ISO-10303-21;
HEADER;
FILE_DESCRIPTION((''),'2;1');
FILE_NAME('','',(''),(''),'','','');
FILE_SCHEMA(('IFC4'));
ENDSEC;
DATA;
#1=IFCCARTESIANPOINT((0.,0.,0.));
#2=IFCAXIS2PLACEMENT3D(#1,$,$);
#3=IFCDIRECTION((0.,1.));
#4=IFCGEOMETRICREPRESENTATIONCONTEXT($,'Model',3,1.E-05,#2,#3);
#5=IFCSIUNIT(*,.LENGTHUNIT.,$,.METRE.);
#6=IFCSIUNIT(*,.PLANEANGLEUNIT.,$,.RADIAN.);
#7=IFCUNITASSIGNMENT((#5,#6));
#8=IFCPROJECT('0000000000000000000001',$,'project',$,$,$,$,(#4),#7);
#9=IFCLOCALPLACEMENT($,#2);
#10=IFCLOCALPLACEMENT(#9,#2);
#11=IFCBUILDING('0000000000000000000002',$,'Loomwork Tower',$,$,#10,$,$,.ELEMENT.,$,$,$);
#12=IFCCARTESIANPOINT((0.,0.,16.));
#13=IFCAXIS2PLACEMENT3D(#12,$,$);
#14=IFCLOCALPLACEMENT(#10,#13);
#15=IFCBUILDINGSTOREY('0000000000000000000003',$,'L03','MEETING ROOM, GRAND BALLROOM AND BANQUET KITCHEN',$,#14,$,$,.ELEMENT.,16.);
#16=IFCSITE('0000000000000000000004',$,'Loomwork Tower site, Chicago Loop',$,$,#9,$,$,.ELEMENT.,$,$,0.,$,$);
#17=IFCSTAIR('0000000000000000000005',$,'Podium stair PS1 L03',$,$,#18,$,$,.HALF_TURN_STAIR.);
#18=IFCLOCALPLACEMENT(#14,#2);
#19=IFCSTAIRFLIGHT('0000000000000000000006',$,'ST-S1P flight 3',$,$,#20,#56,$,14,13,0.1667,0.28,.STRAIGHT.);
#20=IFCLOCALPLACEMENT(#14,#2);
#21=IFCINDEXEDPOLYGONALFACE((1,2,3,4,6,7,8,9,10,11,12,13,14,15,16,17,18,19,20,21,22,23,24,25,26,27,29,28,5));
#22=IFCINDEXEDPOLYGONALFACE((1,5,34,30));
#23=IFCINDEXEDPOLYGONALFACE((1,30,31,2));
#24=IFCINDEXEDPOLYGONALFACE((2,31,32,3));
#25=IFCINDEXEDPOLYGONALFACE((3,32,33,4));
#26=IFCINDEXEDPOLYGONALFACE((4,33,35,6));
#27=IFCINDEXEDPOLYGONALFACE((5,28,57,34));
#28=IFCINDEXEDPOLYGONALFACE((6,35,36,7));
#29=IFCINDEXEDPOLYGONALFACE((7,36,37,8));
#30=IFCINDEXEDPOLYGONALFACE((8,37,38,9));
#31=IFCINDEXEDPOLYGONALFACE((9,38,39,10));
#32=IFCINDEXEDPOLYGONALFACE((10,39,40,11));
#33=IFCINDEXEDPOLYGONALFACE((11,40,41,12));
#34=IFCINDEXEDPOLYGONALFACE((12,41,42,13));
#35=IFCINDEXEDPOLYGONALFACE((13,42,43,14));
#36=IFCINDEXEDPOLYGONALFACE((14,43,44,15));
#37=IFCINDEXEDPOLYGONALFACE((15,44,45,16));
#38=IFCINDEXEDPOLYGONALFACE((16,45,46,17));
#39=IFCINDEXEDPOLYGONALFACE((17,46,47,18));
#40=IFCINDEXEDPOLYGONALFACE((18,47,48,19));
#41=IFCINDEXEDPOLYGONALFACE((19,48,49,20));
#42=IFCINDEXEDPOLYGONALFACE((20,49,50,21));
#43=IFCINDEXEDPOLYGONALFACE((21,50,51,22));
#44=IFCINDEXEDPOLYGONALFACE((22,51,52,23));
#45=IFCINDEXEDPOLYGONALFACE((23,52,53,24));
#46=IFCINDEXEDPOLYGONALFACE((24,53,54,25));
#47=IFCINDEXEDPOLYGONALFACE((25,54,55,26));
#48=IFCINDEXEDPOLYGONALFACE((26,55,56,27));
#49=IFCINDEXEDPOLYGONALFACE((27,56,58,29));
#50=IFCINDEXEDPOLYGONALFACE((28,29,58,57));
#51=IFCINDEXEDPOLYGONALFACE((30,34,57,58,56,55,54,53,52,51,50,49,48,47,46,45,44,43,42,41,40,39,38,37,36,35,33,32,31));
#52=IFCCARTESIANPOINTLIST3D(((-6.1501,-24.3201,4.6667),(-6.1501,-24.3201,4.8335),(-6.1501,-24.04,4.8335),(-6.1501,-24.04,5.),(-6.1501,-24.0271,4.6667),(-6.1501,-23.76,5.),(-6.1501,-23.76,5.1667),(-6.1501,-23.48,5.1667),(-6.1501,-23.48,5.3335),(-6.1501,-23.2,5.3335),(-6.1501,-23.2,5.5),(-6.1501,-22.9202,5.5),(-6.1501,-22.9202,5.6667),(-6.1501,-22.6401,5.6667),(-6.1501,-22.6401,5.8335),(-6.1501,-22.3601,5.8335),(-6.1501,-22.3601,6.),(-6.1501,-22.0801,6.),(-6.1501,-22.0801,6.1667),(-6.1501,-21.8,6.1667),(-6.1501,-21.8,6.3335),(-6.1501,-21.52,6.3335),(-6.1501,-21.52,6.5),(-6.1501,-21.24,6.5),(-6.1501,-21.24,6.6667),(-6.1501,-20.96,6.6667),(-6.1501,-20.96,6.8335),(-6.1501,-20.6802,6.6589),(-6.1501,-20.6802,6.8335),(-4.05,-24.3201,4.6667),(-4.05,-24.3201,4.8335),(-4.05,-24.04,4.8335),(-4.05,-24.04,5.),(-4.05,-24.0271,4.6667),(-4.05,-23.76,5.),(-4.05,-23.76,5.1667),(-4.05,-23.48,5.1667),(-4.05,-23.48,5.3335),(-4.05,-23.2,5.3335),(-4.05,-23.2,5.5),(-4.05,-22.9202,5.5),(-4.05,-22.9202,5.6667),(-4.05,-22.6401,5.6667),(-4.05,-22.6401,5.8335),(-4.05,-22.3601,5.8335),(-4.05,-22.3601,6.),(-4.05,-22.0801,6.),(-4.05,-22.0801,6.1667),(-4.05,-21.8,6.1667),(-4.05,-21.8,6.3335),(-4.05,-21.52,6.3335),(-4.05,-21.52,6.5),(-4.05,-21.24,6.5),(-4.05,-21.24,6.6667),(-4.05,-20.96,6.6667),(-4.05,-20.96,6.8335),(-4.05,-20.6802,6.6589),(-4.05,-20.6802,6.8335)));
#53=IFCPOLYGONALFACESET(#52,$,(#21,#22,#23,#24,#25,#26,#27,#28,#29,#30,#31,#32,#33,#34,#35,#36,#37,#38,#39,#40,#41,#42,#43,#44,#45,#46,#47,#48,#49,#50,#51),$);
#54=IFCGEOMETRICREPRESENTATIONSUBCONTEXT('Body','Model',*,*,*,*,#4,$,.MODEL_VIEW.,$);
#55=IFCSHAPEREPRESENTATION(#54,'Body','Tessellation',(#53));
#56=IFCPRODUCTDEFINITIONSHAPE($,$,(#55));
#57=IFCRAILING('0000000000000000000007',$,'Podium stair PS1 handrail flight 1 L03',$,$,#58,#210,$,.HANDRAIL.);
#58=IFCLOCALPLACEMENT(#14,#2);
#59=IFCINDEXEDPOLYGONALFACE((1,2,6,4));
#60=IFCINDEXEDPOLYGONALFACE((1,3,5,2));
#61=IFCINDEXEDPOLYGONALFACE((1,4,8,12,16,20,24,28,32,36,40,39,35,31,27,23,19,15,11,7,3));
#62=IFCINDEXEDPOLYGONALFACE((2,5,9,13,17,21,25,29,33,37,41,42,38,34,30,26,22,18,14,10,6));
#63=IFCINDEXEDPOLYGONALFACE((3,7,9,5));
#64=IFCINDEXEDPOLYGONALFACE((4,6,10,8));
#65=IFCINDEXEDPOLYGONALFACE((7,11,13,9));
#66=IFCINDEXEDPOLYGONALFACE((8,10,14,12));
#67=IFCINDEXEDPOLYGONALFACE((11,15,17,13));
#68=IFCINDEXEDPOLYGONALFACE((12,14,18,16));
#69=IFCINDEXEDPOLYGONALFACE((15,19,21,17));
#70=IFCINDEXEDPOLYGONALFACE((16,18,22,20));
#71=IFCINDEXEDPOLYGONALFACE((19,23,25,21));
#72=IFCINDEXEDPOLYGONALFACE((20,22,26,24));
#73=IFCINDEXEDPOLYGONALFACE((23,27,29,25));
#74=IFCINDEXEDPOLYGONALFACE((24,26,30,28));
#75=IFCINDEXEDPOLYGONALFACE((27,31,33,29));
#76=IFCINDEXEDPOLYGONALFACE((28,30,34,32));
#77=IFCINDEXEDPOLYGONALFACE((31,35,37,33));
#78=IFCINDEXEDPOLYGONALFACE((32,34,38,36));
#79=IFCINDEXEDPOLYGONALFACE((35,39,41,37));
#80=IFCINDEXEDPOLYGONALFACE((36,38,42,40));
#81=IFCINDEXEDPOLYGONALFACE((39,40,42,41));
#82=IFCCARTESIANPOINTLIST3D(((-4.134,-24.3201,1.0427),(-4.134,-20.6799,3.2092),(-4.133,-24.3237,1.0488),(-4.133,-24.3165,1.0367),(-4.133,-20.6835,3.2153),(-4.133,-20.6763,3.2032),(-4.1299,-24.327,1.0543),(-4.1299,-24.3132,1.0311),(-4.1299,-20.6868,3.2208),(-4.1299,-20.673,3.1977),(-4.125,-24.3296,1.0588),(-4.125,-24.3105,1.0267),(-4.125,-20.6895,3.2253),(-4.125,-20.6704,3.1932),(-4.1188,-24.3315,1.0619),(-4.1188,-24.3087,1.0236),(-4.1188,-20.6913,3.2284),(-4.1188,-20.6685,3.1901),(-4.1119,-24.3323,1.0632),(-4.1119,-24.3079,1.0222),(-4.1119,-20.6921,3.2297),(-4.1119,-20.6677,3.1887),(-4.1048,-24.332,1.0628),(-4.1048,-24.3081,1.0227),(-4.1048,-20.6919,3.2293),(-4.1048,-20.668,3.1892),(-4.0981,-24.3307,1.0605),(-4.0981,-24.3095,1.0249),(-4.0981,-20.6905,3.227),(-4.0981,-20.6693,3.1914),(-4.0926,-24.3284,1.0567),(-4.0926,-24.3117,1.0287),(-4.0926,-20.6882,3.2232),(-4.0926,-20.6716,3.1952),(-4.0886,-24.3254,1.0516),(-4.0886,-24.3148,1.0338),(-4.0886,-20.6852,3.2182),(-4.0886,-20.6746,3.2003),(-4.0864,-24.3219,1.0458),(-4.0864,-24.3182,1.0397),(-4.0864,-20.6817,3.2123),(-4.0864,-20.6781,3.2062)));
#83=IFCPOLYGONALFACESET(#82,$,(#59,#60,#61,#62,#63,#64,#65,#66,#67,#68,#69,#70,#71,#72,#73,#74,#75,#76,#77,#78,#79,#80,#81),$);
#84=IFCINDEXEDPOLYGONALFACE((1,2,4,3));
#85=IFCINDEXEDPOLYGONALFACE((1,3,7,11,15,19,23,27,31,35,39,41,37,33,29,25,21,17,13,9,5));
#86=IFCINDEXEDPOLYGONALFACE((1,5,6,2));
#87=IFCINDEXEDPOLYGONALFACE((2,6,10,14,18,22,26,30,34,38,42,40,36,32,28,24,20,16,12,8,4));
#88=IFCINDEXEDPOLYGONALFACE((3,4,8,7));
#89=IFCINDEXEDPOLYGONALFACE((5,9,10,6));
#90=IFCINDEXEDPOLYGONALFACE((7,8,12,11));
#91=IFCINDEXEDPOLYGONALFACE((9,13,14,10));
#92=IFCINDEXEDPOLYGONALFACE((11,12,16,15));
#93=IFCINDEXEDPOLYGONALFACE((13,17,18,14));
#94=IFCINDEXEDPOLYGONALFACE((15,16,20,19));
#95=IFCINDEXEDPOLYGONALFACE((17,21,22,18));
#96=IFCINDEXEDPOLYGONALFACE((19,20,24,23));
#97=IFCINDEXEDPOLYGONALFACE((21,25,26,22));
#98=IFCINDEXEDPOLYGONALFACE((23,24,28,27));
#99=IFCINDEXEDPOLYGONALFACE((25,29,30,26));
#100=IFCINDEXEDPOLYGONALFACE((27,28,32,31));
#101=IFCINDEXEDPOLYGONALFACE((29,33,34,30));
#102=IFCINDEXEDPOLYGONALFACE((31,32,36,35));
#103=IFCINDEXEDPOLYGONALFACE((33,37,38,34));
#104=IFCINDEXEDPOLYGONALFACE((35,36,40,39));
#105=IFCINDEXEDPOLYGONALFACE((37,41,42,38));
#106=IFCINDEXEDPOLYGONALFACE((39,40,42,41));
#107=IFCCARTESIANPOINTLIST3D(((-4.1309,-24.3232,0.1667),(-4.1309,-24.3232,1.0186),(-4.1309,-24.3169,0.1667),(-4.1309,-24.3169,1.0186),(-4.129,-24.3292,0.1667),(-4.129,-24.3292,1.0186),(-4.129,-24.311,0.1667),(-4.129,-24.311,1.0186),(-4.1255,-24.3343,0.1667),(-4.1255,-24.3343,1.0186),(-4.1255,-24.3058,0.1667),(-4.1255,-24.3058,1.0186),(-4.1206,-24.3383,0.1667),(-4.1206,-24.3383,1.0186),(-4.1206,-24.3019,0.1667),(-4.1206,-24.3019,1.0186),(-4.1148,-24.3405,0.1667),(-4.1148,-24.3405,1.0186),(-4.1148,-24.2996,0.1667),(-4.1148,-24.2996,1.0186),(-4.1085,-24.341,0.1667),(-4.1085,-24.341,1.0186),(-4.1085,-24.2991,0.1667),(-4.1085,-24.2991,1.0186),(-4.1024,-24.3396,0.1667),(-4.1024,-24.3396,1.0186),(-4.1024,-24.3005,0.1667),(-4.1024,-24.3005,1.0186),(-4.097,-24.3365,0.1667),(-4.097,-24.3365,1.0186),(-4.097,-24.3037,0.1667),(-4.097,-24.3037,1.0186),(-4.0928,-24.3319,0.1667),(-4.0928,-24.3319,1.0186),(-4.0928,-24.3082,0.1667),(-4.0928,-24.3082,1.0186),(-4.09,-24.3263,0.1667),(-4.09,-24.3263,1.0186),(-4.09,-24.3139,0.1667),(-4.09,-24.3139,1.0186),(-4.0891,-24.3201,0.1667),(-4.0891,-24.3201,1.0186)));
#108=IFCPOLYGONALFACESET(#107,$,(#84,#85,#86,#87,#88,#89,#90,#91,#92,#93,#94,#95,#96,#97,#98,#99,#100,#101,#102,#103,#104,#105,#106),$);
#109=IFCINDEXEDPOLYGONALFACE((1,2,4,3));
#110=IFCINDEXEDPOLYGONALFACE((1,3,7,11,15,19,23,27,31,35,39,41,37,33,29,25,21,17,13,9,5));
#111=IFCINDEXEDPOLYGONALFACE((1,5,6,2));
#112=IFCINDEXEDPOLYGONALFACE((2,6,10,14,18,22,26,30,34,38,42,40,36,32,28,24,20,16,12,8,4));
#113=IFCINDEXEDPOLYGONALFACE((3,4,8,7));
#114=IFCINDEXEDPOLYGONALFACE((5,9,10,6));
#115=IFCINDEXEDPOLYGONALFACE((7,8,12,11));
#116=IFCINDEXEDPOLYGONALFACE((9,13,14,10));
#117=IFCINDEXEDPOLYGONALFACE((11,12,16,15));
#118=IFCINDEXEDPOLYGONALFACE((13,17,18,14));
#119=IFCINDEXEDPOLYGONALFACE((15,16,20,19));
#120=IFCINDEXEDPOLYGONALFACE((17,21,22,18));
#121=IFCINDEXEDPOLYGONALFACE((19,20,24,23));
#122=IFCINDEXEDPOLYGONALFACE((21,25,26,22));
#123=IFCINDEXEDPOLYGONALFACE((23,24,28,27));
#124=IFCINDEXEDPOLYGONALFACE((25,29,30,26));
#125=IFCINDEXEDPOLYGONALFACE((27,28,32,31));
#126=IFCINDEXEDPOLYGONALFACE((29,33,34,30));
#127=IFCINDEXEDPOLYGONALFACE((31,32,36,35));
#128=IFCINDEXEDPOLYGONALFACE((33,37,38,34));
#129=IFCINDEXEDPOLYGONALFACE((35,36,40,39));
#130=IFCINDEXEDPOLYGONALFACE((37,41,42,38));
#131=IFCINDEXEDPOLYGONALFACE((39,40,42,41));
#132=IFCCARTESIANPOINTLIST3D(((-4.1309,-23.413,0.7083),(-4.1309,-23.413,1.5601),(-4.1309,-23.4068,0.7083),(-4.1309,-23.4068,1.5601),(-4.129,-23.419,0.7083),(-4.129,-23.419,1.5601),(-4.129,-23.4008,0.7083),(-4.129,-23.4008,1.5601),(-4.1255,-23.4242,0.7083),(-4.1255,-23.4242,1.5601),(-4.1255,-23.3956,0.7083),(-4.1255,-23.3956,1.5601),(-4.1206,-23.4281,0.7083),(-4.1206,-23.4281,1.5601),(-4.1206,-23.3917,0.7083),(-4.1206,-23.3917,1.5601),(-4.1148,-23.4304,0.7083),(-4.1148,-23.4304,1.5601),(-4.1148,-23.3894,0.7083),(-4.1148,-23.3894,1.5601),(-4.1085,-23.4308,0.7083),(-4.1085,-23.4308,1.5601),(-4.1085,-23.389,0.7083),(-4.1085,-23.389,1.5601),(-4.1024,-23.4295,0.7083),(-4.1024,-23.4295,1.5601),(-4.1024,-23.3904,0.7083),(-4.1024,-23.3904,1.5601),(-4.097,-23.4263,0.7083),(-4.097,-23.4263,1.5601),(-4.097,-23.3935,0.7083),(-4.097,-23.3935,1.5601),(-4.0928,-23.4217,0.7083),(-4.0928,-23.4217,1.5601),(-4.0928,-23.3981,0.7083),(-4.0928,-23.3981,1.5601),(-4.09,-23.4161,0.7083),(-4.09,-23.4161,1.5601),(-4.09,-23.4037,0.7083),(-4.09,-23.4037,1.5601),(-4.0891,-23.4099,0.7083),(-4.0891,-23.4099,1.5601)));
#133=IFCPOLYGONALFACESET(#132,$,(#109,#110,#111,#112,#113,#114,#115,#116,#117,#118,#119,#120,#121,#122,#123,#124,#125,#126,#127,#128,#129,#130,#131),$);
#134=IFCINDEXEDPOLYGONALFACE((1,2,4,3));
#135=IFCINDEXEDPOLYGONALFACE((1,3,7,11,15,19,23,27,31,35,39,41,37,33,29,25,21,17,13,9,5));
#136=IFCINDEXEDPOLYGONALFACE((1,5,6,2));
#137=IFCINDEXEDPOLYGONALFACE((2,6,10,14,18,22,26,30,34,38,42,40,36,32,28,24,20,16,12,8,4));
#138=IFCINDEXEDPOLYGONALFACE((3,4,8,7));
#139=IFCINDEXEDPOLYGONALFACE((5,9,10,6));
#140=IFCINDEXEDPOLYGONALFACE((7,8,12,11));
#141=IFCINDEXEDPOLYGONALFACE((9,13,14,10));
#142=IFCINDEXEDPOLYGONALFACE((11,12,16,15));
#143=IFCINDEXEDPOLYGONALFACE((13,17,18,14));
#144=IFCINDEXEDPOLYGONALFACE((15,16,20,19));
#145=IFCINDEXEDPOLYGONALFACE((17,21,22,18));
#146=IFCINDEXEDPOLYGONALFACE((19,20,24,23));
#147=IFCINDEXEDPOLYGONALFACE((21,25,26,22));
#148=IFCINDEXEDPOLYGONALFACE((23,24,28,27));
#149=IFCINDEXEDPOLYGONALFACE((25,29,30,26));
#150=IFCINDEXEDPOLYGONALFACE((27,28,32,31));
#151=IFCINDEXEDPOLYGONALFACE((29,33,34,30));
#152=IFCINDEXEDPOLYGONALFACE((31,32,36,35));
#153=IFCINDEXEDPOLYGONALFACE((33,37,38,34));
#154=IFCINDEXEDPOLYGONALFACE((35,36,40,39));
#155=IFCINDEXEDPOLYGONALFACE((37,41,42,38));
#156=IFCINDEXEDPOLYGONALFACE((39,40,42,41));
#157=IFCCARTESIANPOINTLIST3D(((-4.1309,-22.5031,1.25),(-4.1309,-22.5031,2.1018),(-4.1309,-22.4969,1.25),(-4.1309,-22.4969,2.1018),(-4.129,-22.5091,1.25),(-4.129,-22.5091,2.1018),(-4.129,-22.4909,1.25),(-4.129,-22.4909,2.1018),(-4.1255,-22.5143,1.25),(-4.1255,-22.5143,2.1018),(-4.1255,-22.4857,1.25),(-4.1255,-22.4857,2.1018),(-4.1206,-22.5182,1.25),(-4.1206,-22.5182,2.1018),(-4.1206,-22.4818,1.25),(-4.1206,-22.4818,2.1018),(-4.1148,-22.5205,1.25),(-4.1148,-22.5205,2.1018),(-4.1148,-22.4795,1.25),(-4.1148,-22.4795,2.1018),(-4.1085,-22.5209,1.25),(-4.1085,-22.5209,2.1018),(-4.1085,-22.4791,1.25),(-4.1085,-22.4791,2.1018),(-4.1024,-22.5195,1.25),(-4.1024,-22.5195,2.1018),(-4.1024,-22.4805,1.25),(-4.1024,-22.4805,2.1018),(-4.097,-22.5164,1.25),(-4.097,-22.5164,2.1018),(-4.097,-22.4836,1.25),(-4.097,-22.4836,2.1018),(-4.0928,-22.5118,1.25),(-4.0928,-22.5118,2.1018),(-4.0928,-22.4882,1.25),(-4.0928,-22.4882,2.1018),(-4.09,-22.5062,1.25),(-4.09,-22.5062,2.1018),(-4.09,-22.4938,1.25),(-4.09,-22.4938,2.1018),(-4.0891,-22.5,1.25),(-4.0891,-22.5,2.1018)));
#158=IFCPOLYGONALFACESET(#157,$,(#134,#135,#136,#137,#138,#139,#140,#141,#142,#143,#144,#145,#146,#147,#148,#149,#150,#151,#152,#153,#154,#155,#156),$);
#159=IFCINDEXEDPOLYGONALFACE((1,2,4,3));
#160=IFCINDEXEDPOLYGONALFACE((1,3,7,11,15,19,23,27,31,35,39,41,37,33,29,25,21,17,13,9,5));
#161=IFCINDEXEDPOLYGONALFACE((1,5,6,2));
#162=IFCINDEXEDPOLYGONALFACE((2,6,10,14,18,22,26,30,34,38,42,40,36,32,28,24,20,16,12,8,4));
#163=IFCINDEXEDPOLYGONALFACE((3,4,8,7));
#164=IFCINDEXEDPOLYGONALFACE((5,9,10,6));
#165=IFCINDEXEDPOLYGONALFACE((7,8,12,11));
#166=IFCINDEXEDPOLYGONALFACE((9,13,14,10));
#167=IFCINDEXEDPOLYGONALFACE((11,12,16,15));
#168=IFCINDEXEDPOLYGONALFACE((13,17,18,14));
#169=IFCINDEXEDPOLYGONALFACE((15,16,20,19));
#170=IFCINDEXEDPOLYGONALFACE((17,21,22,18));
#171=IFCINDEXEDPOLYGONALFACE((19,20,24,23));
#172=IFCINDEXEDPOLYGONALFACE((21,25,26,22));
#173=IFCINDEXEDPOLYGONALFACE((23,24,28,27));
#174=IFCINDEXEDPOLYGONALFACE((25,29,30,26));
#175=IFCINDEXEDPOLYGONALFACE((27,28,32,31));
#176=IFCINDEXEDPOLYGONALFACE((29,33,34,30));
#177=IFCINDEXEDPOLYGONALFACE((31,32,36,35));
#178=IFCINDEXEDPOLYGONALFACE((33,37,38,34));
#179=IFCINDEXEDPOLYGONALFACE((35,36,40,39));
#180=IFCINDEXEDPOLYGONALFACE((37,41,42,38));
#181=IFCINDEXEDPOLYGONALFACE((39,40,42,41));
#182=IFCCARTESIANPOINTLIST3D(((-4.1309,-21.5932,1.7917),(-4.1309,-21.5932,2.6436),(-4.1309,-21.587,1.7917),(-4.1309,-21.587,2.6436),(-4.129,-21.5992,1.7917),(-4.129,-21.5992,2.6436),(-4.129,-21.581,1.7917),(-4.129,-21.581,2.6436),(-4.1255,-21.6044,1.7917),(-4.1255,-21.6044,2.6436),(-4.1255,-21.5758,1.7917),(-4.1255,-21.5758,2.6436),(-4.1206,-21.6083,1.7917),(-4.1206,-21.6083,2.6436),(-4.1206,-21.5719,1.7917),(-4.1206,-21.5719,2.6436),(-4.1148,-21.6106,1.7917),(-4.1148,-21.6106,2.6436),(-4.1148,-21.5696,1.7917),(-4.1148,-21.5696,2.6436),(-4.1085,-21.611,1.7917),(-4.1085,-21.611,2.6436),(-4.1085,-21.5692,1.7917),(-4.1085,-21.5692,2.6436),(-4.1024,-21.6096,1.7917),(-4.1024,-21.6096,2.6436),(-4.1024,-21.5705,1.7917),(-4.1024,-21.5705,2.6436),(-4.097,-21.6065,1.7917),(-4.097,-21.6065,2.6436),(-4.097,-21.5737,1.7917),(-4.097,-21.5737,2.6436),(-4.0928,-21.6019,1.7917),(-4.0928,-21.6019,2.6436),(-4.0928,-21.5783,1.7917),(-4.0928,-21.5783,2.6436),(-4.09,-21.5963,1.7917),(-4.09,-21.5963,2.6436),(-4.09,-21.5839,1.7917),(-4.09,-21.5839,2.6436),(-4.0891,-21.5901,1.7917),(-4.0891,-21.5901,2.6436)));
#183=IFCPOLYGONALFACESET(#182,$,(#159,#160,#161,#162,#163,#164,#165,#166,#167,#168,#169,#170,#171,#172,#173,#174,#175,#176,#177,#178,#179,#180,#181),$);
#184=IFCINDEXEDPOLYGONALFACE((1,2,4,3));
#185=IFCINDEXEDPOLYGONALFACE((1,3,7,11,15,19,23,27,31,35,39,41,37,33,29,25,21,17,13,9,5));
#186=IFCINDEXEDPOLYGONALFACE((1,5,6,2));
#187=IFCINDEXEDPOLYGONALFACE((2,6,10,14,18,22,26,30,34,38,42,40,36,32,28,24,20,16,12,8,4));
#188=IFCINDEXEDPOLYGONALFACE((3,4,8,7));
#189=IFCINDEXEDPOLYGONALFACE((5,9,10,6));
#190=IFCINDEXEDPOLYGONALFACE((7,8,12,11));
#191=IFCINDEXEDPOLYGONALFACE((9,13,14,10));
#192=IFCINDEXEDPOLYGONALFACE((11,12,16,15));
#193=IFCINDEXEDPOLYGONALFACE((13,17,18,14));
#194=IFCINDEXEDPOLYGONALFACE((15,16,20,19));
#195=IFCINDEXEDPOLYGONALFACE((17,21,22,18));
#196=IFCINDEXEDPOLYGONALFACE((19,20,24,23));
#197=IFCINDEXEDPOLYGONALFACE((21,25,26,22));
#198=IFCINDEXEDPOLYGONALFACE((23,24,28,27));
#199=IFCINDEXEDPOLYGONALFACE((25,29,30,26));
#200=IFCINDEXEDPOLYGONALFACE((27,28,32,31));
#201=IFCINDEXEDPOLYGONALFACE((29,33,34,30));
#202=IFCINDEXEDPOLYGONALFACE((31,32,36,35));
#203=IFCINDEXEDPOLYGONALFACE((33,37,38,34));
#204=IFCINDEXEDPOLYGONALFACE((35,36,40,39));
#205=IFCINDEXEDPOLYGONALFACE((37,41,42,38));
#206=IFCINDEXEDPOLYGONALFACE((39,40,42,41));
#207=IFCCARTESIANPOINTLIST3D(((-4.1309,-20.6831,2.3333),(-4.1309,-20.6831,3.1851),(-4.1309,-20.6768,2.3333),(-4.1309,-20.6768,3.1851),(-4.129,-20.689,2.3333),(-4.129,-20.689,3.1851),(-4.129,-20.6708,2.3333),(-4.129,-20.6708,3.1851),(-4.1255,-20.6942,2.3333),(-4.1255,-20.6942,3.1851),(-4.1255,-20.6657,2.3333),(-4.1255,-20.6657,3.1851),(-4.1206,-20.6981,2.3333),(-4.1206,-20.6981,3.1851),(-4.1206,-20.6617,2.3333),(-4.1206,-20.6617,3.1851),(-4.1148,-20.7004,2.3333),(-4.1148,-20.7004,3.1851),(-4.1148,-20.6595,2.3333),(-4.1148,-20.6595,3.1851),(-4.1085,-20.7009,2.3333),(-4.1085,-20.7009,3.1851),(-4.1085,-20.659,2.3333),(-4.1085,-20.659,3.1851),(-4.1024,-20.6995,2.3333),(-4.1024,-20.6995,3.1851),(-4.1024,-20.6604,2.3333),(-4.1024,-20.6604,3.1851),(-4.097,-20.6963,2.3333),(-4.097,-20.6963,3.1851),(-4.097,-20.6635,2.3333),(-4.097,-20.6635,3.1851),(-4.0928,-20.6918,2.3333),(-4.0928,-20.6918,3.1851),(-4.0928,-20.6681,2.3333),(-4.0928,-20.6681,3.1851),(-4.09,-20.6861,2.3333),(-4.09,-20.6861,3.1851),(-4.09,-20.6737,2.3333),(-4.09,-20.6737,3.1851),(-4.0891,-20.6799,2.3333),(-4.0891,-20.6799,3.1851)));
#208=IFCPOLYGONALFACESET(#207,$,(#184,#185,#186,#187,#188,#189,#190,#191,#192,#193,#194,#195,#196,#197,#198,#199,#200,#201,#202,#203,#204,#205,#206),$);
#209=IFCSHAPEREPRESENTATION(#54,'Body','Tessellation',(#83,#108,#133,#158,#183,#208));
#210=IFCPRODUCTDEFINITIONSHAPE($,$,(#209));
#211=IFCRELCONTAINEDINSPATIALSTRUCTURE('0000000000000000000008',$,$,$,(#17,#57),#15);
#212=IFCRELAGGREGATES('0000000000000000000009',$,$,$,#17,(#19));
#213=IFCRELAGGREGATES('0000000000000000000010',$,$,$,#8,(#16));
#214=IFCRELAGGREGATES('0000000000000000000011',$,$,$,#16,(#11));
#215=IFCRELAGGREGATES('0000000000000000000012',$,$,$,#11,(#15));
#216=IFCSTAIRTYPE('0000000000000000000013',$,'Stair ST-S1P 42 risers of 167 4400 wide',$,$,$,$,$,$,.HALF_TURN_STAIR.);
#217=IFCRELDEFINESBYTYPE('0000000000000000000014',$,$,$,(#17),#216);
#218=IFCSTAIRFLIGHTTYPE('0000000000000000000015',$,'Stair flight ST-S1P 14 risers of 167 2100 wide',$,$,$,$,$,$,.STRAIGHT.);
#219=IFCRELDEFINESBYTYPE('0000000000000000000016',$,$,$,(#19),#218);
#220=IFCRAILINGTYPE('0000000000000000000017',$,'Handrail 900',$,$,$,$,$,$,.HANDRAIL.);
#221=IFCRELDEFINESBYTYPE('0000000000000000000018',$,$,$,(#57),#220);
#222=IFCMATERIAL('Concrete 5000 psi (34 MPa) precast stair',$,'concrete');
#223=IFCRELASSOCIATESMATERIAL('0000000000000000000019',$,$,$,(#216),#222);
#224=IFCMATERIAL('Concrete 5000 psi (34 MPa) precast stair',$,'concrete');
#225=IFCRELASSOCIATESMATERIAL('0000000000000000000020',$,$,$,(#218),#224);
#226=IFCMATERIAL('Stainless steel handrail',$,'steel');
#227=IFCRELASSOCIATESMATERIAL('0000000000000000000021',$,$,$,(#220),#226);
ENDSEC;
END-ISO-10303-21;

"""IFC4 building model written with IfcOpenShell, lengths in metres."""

from ifc_helpers import new_model, si_unit, direction, frame, origin, origin_2d, place, context, subcontext, project, spatial, polyline, circle, outline, extrude, material, type_object, element, aggregate, save


model = new_model("IFC4")

# Units and contexts
model_context = context("Model", 3, precision=1e-05, world=origin(), true_north=direction((0.0, 1.0)))
body_context = subcontext(model_context, "Body", "Model", "MODEL_VIEW")
ifc_project = project(units=[si_unit("LENGTHUNIT", "METRE"), si_unit("PLANEANGLEUNIT", "RADIAN")], contexts=[model_context])

# Site, building, storey
site_placement = place(None, origin())
site = spatial("IfcSite", under=ifc_project, at=site_placement, Name="Loomwork Tower site, Chicago Loop", CompositionType="ELEMENT", RefElevation=0.0)
building_placement = place(site_placement, origin())
building = spatial("IfcBuilding", under=site, at=building_placement, Name="Loomwork Tower", CompositionType="ELEMENT")
storey_placement = place(building_placement, frame((0.0, 0.0, 16.0)))
storey = spatial("IfcBuildingStorey", under=building, at=storey_placement, Name="L03", Description="MEETING ROOM, GRAND BALLROOM AND BANQUET KITCHEN", CompositionType="ELEMENT", Elevation=16.0)

# Stair, stair flight
ifc_material_1 = material(Name="Concrete 5000 psi (34 MPa) precast stair", Category="concrete")
stair_type = type_object("IfcStairType", Name="Stair ST-S1P 42 risers of 167 4400 wide", PredefinedType="HALF_TURN_STAIR", material=ifc_material_1)
stair_placement = place(storey_placement, origin())
stair = element("IfcStair", 1, at=stair_placement, inside=storey, type_object=stair_type, Name="Podium stair PS1 L03", PredefinedType="HALF_TURN_STAIR")
ifc_material_2 = material(Name="Concrete 5000 psi (34 MPa) precast stair", Category="concrete")
stair_flight_type = type_object("IfcStairFlightType", Name="Stair flight ST-S1P 14 risers of 167 2100 wide", PredefinedType="STRAIGHT", material=ifc_material_2)
stair_flight_1_placement = place(storey_placement, frame((-5.1001, -24.3201, 4.6667), z_axis=(0.0, 0.0, 1.0), x_axis=(0.0, 1.0, 0.0)))
stair_flight_1 = element("IfcStairFlight", 2, at=stair_flight_1_placement, type_object=stair_flight_type, Name="ST-S1P flight 3", NumberOfRisers=14, NumberOfTreads=13, PredefinedType="STRAIGHT", RiserHeight=0.1667, TreadLength=0.28, context=body_context, shape_type="SweptSolid", body=[
    extrude(outline(polyline([(0.0, 0.0), (0.0, 0.1667), (0.28, 0.1667), (0.28, 0.3333), (0.5601, 0.3333), (0.5601, 0.5), (0.8401, 0.5), (0.8401, 0.6667), (1.1201, 0.6667), (1.1201, 0.8333), (1.3999, 0.8333), (1.3999, 1.0), (1.6799, 1.0), (1.6799, 1.1667), (1.96, 1.1667), (1.96, 1.3333), (2.24, 1.3333), (2.24, 1.5), (2.52, 1.5), (2.52, 1.6667), (2.8, 1.6667), (2.8, 1.8333), (3.0801, 1.8333), (3.0801, 2.0), (3.3601, 2.0), (3.3601, 2.1667), (3.6399, 2.1667), (3.6399, 2.3333), (3.6399, 1.9922), (0.293, 0.0), (0.0, 0.0)])), frame((0.0, 1.05, 0.0), z_axis=(0.0, -1.0, 0.0), x_axis=(1.0, 0.0, 0.0)), (0.0, 0.0, 1.0), 2.1001),
])
aggregate(stair, [stair_flight_1])

# Railing
ifc_material_3 = material(Name="Stainless steel handrail", Category="steel")
railing_type = type_object("IfcRailingType", Name="Handrail 900", PredefinedType="HANDRAIL", material=ifc_material_3)
railing_1_placement = place(storey_placement, frame((-4.1101, -24.3201, 0.1667)))
element("IfcRailing", 3, at=railing_1_placement, inside=storey, type_object=railing_type, Name="Podium stair PS1 handrail flight 1 L03", PredefinedType="HANDRAIL", context=body_context, shape_type="SweptSolid", body=[
    extrude(circle(Radius=0.0239, at=origin_2d()), frame((0.0, 0.0, 0.876), z_axis=(0.0, 0.859318, 0.511441), x_axis=(-1.0, 0.0, 0.0)), (0.0, 0.0, 1.0), 4.2361),
    extrude(circle(Radius=0.021, at=origin_2d()), origin(), (0.0, 0.0, 1.0), 0.8518),
    extrude(circle(Radius=0.021, at=origin_2d()), frame((0.0, 0.9102, 0.5415)), (0.0, 0.0, 1.0), 0.8518),
    extrude(circle(Radius=0.021, at=origin_2d()), frame((0.0, 1.8201, 1.0833)), (0.0, 0.0, 1.0), 0.8518),
    extrude(circle(Radius=0.021, at=origin_2d()), frame((0.0, 2.73, 1.625)), (0.0, 0.0, 1.0), 0.8518),
    extrude(circle(Radius=0.021, at=origin_2d()), frame((0.0, 3.6401, 2.1665)), (0.0, 0.0, 1.0), 0.8518),
])

save(model, "model.ifc")
